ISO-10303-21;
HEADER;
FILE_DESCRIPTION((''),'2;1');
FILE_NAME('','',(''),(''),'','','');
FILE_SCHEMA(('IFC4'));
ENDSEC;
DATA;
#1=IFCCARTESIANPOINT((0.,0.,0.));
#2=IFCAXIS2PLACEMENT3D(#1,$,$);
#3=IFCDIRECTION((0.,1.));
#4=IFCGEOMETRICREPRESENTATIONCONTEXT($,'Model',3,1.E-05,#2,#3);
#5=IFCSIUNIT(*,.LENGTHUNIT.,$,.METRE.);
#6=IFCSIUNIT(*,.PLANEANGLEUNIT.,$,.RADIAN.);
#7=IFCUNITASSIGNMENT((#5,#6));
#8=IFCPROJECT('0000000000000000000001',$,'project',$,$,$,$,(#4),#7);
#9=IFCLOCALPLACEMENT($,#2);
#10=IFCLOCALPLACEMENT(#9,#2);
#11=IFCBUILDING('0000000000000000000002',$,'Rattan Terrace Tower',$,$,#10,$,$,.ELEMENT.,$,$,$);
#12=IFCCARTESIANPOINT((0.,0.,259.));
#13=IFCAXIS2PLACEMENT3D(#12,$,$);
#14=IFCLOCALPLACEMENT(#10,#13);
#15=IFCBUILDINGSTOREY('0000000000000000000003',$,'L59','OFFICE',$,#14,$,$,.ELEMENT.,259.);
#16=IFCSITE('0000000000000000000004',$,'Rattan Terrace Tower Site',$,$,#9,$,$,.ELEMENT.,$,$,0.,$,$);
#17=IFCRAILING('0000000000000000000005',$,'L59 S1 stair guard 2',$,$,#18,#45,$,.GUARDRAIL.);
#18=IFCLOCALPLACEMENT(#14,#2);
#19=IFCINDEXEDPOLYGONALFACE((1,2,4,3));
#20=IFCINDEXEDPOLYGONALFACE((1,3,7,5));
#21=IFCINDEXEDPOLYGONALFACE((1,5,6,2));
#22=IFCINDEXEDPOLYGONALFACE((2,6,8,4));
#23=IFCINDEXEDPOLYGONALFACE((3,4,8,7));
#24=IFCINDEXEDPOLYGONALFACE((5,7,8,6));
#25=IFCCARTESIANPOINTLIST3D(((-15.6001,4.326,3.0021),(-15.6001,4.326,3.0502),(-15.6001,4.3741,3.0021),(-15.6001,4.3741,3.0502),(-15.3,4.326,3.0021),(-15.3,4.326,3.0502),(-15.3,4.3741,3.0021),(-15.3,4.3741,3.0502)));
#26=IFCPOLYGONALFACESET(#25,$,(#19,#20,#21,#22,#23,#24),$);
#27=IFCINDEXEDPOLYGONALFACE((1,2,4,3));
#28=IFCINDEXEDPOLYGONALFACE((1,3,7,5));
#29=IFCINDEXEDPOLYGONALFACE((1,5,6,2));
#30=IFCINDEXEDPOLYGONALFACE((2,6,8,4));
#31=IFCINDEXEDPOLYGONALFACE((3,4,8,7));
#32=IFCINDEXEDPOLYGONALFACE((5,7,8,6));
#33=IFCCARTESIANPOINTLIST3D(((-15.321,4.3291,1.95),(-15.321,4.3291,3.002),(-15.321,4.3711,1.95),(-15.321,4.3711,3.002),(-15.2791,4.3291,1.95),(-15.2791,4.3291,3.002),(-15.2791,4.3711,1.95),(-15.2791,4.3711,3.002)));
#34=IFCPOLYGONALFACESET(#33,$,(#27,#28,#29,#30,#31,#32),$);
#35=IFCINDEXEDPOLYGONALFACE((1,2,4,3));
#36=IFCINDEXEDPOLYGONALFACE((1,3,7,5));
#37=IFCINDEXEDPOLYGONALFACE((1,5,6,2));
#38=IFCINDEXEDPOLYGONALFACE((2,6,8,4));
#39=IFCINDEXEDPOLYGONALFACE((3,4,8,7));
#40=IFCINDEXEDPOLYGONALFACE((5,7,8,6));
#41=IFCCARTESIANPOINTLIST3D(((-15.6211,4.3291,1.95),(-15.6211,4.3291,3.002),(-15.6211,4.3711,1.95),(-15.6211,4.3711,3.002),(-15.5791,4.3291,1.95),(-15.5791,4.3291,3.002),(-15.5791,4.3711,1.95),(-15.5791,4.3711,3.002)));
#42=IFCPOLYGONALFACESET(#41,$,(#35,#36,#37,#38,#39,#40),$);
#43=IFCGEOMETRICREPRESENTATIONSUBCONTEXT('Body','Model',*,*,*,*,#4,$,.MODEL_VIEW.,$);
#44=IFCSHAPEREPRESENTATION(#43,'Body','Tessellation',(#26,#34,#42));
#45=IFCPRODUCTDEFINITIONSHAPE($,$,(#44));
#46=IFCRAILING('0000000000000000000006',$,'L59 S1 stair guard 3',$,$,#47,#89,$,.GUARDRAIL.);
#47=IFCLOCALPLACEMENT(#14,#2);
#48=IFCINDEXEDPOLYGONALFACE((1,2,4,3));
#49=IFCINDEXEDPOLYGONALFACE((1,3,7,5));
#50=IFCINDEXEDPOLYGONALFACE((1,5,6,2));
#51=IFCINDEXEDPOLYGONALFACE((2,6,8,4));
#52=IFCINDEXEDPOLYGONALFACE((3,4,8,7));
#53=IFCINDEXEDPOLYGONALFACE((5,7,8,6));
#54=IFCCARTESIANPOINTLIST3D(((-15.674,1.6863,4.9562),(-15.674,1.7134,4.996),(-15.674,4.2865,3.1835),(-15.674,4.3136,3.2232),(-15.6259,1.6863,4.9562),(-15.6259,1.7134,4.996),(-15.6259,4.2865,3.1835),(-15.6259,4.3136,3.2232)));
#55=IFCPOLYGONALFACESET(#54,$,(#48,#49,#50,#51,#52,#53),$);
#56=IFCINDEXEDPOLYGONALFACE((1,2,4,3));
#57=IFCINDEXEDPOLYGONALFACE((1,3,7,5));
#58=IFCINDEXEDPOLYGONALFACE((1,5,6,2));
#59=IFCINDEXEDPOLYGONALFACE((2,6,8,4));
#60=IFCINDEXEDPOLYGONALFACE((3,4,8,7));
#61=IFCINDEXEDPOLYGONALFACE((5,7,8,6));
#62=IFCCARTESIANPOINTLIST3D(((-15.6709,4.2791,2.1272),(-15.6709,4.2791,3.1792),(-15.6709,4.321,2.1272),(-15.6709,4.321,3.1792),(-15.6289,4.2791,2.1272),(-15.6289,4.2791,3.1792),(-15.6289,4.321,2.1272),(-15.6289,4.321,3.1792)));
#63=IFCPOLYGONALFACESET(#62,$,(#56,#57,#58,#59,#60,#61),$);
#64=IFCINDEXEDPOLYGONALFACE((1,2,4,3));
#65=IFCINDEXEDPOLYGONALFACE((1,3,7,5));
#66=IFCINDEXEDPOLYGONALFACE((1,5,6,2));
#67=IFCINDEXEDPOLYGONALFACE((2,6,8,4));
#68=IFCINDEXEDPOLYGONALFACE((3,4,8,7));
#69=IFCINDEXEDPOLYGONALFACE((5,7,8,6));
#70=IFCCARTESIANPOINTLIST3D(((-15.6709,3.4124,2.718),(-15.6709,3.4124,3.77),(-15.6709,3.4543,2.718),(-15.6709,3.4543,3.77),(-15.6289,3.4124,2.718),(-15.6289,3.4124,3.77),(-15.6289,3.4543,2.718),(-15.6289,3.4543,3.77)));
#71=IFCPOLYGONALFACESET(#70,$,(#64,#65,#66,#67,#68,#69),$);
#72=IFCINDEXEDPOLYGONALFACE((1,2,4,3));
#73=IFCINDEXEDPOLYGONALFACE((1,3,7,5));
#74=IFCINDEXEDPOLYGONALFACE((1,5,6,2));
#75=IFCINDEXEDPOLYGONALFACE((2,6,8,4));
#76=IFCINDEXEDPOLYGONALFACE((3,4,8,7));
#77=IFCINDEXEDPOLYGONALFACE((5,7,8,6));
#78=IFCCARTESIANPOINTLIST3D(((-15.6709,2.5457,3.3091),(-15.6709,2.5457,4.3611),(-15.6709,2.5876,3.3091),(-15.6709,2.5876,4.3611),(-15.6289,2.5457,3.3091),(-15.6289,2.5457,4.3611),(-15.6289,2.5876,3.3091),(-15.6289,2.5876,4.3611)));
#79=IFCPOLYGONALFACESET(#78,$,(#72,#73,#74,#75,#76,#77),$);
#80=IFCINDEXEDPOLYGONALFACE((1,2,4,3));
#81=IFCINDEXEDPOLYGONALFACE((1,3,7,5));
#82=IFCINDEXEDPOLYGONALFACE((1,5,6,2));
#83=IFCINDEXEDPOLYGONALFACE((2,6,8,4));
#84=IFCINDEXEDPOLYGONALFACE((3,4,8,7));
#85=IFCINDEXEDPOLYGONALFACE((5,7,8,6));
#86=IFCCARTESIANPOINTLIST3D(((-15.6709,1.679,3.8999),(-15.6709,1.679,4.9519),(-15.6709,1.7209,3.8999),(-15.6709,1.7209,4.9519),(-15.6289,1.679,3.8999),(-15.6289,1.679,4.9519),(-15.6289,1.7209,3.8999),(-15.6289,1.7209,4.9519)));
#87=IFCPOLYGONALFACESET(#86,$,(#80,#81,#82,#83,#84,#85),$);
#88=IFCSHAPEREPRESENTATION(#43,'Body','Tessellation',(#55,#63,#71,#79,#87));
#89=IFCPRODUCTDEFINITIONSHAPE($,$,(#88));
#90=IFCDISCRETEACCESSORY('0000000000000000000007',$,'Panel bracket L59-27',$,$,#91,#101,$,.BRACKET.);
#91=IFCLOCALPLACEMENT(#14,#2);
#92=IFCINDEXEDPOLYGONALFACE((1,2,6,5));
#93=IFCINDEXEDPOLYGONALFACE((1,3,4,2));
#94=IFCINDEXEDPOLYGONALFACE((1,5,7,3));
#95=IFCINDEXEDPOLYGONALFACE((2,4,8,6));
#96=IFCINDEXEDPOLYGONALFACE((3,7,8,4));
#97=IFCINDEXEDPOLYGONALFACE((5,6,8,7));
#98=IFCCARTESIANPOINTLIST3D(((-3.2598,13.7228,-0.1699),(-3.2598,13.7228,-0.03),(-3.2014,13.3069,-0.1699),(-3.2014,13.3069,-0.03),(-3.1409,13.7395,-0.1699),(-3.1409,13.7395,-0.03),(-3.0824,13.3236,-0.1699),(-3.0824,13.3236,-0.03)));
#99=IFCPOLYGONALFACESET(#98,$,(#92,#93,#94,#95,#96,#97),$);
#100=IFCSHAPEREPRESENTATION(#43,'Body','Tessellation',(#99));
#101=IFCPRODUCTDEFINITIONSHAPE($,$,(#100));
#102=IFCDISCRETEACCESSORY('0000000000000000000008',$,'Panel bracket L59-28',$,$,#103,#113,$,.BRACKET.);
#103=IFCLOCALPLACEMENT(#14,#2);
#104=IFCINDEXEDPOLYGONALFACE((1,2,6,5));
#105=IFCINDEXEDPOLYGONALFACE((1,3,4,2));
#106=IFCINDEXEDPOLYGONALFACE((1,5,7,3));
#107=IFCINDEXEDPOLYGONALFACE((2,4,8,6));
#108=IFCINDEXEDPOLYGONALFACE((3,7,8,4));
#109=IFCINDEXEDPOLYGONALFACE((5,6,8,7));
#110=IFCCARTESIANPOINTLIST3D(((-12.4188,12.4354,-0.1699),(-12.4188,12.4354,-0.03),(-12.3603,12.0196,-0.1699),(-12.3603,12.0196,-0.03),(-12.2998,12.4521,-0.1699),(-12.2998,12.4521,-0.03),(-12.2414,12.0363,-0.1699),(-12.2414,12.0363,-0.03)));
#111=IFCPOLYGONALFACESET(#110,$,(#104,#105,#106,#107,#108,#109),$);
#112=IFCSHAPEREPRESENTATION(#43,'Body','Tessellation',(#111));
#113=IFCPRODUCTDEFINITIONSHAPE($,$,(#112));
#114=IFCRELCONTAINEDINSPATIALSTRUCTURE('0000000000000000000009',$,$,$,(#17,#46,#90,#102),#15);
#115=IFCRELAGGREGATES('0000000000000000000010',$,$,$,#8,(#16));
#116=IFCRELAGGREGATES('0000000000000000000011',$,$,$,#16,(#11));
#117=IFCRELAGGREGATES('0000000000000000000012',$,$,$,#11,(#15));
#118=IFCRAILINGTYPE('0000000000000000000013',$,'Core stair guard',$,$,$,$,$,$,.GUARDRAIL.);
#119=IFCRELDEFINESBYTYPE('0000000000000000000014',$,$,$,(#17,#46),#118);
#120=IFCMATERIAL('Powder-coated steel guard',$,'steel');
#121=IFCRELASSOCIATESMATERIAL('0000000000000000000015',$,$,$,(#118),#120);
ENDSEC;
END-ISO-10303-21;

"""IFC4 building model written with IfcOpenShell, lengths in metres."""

from ifc_helpers import new_model, si_unit, direction, frame, origin, origin_2d, place, context, subcontext, project, spatial, rectangle, extrude, material, type_object, element, save


model = new_model("IFC4")

# Units and contexts
model_context = context("Model", 3, precision=1e-05, world=origin(), true_north=direction((0.0, 1.0)))
body_context = subcontext(model_context, "Body", "Model", "MODEL_VIEW")
ifc_project = project(units=[si_unit("LENGTHUNIT", "METRE"), si_unit("PLANEANGLEUNIT", "RADIAN")], contexts=[model_context])

# Site, building, storey
site_placement = place(None, origin())
site = spatial("IfcSite", under=ifc_project, at=site_placement, Name="Rattan Terrace Tower Site", CompositionType="ELEMENT", RefElevation=0.0)
building_placement = place(site_placement, origin())
building = spatial("IfcBuilding", under=site, at=building_placement, Name="Rattan Terrace Tower", CompositionType="ELEMENT")
storey_placement = place(building_placement, frame((0.0, 0.0, 259.0)))
storey = spatial("IfcBuildingStorey", under=building, at=storey_placement, Name="L59", Description="OFFICE", CompositionType="ELEMENT", Elevation=259.0)

# Railings
ifc_material_1 = material(Name="Powder-coated steel guard", Category="steel")
railing_type = type_object("IfcRailingType", Name="Core stair guard", PredefinedType="GUARDRAIL", material=ifc_material_1)
railing_1_placement = place(storey_placement, frame((-15.3, 4.3501, 1.95)))
element("IfcRailing", 1, at=railing_1_placement, inside=storey, type_object=railing_type, Name="L59 S1 stair guard 2", PredefinedType="GUARDRAIL", context=body_context, shape_type="SweptSolid", body=[
    extrude(rectangle(XDim=0.0481, YDim=0.0481, at=origin_2d()), frame((0.0, 0.0, 1.0762), z_axis=(-1.0, 0.0, 0.0), x_axis=(0.0, -1.0, 0.0)), (0.0, 0.0, 1.0), 0.3),
    extrude(rectangle(XDim=0.042, YDim=0.042, at=origin_2d()), origin(), (0.0, 0.0, 1.0), 1.052),
    extrude(rectangle(XDim=0.042, YDim=0.042, at=origin_2d()), frame((-0.3, 0.0, 0.0)), (0.0, 0.0, 1.0), 1.052),
])
railing_2_placement = place(storey_placement, frame((-15.6499, 4.3, 2.1272)))
element("IfcRailing", 2, at=railing_2_placement, inside=storey, type_object=railing_type, Name="L59 S1 stair guard 3", PredefinedType="GUARDRAIL", context=body_context, shape_type="SweptSolid", body=[
    extrude(rectangle(XDim=0.0481, YDim=0.0481, at=origin_2d()), frame((0.0, 0.0, 1.0762), z_axis=(0.0, -0.82624, 0.563318), x_axis=(1.0, 0.0, 0.0)), (0.0, 0.0, 1.0), 3.147),
    extrude(rectangle(XDim=0.042, YDim=0.042, at=origin_2d()), origin(), (0.0, 0.0, 1.0), 1.052),
    extrude(rectangle(XDim=0.042, YDim=0.042, at=origin_2d()), frame((0.0, -0.8667, 0.5908)), (0.0, 0.0, 1.0), 1.052),
    extrude(rectangle(XDim=0.042, YDim=0.042, at=origin_2d()), frame((0.0, -1.7334, 1.1819)), (0.0, 0.0, 1.0), 1.052),
    extrude(rectangle(XDim=0.042, YDim=0.042, at=origin_2d()), frame((0.0, -2.6001, 1.7727)), (0.0, 0.0, 1.0), 1.052),
])

# Discrete accessories
for number, where, z_axis, x_axis, name in (
    (3, (-3.1711, 13.5232, -0.1699), (0.0, 0.0, 1.0), (-0.990266, -0.139189, 0.0), "Panel bracket L59-27"),
    (4, (-12.3301, 12.2358, -0.1699), (0.0, 0.0, 1.0), (-0.990266, -0.139189, 0.0), "Panel bracket L59-28"),
):
    element("IfcDiscreteAccessory", number, at=place(storey_placement, frame(where, z_axis=z_axis, x_axis=x_axis)), inside=storey, Name=name, PredefinedType="BRACKET", context=body_context, shape_type="SweptSolid", body=[
        extrude(rectangle(XDim=0.1201, YDim=0.4199, at=origin_2d()), origin(), (0.0, 0.0, 1.0), 0.1399),
    ])

save(model, "model.ifc")
